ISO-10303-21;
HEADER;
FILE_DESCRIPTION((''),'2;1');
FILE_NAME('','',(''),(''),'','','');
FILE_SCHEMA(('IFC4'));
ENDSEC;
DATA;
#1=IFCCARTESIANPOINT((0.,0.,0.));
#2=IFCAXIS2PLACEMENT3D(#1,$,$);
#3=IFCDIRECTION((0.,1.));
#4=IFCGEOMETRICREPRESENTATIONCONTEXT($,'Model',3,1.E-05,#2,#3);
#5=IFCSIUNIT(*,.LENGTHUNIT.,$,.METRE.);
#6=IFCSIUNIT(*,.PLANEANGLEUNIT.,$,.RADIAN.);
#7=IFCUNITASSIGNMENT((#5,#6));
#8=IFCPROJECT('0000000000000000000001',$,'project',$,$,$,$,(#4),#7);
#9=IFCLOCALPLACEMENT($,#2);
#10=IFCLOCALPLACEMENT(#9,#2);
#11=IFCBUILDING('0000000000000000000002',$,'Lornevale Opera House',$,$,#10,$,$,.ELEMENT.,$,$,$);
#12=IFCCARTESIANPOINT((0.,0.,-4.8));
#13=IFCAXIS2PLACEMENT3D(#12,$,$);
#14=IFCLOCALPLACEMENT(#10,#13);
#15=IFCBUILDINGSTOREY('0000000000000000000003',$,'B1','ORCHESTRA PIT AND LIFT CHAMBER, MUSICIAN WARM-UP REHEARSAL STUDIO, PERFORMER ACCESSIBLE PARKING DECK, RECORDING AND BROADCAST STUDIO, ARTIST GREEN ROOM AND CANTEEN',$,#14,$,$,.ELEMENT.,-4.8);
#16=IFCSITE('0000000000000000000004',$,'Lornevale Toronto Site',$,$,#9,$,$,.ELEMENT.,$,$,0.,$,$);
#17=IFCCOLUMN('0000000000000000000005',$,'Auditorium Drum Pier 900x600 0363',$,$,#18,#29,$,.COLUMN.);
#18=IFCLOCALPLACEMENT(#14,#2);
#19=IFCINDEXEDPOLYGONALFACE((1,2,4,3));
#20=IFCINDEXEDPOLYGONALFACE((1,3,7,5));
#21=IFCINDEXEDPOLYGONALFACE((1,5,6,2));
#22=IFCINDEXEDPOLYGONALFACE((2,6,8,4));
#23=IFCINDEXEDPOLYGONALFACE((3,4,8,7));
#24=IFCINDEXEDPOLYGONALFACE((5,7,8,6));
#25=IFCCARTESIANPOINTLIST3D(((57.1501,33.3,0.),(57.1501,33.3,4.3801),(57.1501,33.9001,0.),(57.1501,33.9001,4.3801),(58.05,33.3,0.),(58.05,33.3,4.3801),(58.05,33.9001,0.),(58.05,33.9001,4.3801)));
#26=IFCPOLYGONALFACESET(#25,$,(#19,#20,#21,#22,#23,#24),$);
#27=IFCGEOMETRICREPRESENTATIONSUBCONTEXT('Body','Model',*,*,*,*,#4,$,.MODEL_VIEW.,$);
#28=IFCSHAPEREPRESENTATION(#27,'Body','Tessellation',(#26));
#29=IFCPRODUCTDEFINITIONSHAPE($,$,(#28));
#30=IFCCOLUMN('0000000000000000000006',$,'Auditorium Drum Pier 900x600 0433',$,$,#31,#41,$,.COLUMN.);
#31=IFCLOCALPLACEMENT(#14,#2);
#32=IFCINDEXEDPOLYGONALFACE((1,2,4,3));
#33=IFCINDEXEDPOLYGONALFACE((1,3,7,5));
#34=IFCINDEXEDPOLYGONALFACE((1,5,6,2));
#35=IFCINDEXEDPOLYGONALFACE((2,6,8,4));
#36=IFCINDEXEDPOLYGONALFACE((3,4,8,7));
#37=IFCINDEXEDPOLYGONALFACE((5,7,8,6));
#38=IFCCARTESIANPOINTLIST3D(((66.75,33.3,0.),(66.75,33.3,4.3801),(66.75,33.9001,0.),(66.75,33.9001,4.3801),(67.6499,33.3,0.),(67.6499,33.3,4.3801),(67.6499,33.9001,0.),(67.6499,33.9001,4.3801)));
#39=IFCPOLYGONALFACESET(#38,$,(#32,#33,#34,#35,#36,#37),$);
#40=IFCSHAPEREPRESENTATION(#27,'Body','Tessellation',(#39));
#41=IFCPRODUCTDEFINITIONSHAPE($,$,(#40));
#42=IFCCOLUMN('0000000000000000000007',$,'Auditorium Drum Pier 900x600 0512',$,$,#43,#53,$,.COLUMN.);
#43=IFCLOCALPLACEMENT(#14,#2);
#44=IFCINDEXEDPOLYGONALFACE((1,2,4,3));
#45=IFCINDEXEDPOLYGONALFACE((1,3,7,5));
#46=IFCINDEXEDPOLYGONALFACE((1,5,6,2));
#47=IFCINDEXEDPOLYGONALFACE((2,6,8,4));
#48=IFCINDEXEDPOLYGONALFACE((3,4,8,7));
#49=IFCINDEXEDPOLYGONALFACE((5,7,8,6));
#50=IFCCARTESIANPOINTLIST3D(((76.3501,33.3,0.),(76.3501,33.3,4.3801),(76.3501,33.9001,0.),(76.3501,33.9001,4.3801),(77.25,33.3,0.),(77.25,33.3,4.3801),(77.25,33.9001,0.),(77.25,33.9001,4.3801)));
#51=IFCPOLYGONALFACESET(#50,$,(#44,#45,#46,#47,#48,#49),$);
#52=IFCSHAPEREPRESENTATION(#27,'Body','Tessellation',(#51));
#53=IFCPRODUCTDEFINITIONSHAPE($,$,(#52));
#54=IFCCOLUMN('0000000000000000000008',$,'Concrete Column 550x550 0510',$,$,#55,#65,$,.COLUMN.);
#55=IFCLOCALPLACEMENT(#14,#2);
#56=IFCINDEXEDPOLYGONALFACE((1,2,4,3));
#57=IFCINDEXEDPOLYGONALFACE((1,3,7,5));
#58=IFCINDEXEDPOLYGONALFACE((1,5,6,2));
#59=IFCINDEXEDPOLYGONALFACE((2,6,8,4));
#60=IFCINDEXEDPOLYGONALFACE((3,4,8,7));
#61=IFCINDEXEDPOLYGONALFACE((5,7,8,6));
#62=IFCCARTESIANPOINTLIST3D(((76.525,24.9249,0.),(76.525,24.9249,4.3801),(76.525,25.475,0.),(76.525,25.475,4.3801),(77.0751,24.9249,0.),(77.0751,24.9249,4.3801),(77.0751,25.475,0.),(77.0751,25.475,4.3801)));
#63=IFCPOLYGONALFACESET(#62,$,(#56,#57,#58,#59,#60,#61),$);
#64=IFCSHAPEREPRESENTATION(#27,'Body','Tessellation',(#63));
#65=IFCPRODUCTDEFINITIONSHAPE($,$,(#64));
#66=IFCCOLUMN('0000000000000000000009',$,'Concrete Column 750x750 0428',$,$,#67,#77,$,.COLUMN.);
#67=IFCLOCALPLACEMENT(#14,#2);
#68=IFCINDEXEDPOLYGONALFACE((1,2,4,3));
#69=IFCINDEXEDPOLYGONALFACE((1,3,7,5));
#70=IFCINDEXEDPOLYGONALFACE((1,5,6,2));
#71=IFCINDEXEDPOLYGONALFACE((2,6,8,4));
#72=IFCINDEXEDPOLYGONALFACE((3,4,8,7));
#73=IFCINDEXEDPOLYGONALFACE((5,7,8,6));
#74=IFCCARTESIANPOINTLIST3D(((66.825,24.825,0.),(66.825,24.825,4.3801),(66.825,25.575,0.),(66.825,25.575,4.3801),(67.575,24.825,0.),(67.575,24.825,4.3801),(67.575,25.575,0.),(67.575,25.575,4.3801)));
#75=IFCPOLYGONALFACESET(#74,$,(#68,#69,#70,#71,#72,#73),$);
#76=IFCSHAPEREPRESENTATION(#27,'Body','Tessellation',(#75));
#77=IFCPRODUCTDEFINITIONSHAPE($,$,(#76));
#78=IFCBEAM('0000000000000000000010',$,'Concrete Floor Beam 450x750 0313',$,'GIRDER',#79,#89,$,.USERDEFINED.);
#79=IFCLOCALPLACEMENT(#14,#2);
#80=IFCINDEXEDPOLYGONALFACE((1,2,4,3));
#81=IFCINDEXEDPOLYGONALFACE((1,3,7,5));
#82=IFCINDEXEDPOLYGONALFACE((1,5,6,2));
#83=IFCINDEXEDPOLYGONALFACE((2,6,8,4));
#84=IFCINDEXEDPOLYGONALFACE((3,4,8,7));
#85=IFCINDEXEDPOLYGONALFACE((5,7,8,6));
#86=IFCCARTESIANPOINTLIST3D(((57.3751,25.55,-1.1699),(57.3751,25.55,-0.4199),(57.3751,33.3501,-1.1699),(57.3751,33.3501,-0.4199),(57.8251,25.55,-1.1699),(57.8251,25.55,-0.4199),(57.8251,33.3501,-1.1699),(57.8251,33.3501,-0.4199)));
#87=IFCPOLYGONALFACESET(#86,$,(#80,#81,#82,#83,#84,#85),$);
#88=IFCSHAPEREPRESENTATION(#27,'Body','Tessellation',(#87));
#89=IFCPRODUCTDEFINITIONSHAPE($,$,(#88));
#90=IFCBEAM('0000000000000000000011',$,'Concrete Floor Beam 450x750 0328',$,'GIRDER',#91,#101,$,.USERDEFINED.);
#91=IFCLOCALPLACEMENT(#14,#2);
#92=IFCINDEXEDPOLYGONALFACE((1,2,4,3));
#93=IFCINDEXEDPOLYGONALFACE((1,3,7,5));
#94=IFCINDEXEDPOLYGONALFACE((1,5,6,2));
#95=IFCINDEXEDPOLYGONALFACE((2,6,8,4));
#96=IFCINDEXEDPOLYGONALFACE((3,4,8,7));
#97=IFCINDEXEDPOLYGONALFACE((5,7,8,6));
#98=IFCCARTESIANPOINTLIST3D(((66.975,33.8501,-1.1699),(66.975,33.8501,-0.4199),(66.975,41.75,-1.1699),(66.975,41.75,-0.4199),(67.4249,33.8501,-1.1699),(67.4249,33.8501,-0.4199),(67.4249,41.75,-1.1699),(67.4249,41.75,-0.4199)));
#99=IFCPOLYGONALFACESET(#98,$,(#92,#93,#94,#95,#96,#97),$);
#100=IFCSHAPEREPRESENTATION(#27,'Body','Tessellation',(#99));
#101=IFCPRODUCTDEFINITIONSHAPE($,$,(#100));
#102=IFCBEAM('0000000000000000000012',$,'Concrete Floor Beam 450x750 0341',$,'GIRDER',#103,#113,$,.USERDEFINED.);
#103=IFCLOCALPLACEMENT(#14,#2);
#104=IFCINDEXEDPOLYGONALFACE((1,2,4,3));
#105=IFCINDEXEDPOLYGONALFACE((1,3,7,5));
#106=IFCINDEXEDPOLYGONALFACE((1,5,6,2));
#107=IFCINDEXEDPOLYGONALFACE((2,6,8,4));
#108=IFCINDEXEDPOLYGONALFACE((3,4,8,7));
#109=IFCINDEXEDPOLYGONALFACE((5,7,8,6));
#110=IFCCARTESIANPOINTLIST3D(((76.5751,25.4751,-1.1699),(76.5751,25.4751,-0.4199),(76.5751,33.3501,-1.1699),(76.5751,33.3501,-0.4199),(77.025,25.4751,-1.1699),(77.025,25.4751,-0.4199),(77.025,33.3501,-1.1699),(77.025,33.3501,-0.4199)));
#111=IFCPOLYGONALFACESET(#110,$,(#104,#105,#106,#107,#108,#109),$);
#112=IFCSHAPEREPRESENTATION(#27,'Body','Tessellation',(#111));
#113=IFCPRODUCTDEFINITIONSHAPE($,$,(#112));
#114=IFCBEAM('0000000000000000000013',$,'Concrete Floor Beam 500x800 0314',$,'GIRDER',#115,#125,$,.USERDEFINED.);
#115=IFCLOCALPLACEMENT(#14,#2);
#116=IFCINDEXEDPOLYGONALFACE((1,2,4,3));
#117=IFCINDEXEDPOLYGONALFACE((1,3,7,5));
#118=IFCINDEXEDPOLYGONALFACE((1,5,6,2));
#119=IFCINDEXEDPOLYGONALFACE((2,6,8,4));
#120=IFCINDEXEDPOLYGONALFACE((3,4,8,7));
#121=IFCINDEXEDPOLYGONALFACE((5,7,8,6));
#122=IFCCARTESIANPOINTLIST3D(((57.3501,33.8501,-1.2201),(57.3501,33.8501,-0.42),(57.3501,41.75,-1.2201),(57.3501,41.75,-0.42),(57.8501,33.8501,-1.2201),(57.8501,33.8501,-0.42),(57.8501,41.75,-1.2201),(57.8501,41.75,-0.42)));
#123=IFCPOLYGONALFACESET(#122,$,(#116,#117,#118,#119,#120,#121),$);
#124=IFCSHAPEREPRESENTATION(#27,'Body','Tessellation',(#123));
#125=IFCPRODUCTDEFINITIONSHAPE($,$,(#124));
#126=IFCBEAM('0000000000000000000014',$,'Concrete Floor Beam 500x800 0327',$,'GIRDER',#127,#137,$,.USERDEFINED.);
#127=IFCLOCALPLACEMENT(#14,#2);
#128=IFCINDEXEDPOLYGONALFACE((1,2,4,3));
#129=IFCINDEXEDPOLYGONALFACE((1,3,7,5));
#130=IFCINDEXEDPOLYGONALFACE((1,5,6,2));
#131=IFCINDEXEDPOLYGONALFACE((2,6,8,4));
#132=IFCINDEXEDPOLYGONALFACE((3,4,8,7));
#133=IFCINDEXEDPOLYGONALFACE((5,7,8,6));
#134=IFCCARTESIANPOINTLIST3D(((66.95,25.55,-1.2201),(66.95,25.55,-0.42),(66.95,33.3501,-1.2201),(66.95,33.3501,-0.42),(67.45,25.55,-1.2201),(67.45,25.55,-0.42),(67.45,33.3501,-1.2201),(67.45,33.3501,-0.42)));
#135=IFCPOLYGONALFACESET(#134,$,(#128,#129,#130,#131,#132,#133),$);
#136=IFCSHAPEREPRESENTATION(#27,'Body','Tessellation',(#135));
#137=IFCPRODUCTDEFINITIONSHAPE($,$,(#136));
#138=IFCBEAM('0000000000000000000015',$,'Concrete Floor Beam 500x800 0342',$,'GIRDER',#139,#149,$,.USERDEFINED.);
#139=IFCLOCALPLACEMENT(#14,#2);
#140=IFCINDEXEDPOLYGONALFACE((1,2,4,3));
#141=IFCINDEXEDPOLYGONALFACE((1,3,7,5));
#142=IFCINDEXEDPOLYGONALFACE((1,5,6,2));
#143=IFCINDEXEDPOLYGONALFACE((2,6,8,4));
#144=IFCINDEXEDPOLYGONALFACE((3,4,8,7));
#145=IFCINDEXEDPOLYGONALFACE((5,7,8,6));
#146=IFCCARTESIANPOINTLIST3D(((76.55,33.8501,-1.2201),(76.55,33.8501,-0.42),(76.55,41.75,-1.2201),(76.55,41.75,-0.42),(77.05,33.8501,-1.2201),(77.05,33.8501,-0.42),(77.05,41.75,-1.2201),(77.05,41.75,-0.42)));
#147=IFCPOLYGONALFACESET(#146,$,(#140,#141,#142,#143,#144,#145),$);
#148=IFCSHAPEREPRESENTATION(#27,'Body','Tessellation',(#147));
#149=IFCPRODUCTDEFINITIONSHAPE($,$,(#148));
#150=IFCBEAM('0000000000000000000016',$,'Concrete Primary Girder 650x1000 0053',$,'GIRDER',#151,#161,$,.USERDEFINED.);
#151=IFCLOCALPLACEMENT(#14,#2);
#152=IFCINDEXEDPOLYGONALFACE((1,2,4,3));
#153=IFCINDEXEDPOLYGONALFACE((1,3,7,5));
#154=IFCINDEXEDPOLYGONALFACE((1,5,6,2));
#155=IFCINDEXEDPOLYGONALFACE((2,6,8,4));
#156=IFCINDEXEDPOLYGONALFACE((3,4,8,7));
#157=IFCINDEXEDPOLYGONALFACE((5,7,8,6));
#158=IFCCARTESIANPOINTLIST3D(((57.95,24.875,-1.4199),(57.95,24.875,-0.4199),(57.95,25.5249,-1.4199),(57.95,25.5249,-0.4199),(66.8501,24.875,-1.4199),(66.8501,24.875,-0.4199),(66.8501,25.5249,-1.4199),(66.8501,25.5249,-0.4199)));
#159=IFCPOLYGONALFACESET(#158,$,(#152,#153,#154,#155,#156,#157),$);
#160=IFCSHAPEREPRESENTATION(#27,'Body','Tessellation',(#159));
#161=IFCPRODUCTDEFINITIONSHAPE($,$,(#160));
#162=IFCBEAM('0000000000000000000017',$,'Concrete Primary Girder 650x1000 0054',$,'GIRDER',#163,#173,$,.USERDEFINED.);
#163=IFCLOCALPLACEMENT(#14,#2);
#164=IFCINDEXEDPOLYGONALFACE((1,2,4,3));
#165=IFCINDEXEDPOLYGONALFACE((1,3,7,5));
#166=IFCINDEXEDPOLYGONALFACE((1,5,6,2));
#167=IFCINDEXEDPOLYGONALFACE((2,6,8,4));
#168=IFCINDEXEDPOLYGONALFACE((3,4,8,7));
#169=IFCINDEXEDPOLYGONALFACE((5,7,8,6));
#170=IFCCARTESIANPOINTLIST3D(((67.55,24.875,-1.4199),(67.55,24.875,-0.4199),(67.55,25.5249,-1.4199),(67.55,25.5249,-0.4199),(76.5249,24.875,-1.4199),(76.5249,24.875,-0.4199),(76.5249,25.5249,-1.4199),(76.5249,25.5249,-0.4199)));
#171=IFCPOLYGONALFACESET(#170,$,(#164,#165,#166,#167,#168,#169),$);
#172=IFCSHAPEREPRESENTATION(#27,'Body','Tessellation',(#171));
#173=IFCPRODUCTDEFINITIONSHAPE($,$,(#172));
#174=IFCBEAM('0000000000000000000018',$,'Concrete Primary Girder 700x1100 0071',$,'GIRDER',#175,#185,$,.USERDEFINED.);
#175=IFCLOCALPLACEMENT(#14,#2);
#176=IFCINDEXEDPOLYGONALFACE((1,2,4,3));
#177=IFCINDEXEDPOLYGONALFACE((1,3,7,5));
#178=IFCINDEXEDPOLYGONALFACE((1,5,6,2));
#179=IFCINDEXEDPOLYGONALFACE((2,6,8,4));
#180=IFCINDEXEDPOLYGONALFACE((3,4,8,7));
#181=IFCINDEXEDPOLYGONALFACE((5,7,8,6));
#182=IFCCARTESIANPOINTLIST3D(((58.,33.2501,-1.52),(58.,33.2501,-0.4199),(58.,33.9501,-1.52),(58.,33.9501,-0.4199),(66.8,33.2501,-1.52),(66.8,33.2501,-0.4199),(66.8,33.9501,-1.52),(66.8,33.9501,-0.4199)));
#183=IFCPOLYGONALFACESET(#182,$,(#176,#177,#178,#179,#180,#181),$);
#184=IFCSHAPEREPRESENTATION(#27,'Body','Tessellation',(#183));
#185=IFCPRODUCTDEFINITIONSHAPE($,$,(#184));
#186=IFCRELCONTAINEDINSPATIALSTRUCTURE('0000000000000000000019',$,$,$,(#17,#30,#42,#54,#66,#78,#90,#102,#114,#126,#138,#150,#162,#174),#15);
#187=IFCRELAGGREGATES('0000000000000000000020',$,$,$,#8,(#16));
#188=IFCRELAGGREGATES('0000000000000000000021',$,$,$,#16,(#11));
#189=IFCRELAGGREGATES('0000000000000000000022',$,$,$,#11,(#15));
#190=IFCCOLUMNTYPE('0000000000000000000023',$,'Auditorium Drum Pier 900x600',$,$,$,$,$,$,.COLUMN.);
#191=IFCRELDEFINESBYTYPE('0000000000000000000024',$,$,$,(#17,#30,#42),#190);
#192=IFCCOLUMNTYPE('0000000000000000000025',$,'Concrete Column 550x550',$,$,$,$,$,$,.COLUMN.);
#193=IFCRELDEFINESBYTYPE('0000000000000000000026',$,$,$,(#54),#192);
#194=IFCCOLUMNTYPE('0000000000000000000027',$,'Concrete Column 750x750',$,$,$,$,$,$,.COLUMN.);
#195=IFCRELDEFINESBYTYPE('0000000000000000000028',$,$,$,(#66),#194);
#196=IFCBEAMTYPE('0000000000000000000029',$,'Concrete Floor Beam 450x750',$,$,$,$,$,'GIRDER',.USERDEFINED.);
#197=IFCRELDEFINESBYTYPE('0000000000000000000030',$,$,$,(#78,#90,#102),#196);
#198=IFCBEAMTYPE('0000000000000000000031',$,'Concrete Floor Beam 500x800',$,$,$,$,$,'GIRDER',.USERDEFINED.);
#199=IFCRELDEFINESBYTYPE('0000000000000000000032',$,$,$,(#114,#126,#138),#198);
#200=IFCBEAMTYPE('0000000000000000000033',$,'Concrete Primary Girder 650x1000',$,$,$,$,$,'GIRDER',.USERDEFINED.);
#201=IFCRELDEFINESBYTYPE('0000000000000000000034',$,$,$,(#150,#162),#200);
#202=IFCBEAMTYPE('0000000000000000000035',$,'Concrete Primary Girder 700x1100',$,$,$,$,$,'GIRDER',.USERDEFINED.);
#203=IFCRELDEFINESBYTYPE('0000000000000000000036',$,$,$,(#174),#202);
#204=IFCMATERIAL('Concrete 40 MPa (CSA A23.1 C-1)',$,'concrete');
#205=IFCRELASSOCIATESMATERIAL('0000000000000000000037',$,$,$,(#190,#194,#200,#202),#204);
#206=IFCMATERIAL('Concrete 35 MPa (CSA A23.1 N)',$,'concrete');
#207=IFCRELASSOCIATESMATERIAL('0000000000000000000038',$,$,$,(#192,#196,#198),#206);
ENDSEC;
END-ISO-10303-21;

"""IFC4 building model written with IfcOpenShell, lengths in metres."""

from ifc_helpers import new_model, si_unit, direction, frame, origin, origin_2d, place, context, subcontext, project, spatial, rectangle, extrude, material, material_profile, profile_set, type_object, element, save


model = new_model("IFC4")

# Units and contexts
model_context = context("Model", 3, precision=1e-05, world=origin(), true_north=direction((0.0, 1.0)))
body_context = subcontext(model_context, "Body", "Model", "MODEL_VIEW")
ifc_project = project(units=[si_unit("LENGTHUNIT", "METRE"), si_unit("PLANEANGLEUNIT", "RADIAN")], contexts=[model_context])

# Site, building, storey
site_placement = place(None, origin())
site = spatial("IfcSite", under=ifc_project, at=site_placement, Name="Lornevale Toronto Site", CompositionType="ELEMENT", RefElevation=0.0)
building_placement = place(site_placement, origin())
building = spatial("IfcBuilding", under=site, at=building_placement, Name="Lornevale Opera House", CompositionType="ELEMENT")
storey_placement = place(building_placement, frame((0.0, 0.0, -4.8)))
storey = spatial("IfcBuildingStorey", under=building, at=storey_placement, Name="B1", Description="ORCHESTRA PIT AND LIFT CHAMBER, MUSICIAN WARM-UP REHEARSAL STUDIO, PERFORMER ACCESSIBLE PARKING DECK, RECORDING AND BROADCAST STUDIO, ARTIST GREEN ROOM AND CANTEEN", CompositionType="ELEMENT", Elevation=-4.8)

# Columns
ifc_material_1 = material(Name="Concrete 40 MPa (CSA A23.1 C-1)", Category="concrete")
ifc_material_profile_1 = material_profile(ifc_material_1, rectangle(XDim=0.8999, YDim=0.6001, at=origin_2d()), Name="RC900x600")
ifc_profile_set_1 = profile_set([ifc_material_profile_1], Name="Concrete 40 MPa (CSA A23.1 C-1)")
column_type_1 = type_object("IfcColumnType", Name="Auditorium Drum Pier 900x600", PredefinedType="COLUMN", material=ifc_profile_set_1)
for number, where, z_axis, x_axis, name in (
    (1, (57.6001, 33.6001, 0.0), (0.0, 0.0, 1.0), (1.0, 0.0, 0.0), "Auditorium Drum Pier 900x600 0363"),
    (2, (67.2, 33.6001, 0.0), (0.0, 0.0, 1.0), (1.0, 0.0, 0.0), "Auditorium Drum Pier 900x600 0433"),
    (3, (76.8, 33.6001, 0.0), (0.0, 0.0, 1.0), (1.0, 0.0, 0.0), "Auditorium Drum Pier 900x600 0512"),
):
    element("IfcColumn", number, at=place(storey_placement, frame(where, z_axis=z_axis, x_axis=x_axis)), inside=storey, type_object=column_type_1, Name=name, PredefinedType="COLUMN", context=body_context, shape_type="SweptSolid", body=[
        extrude(rectangle(XDim=0.8999, YDim=0.6001, at=origin_2d()), origin(), (0.0, 0.0, 1.0), 4.3801),
    ])
ifc_material_2 = material(Name="Concrete 35 MPa (CSA A23.1 N)", Category="concrete")
ifc_material_profile_2 = material_profile(ifc_material_2, rectangle(XDim=0.55, YDim=0.55, at=origin_2d()), Name="RC550x550")
ifc_profile_set_2 = profile_set([ifc_material_profile_2], Name="Concrete 35 MPa (CSA A23.1 N)")
column_type_2 = type_object("IfcColumnType", Name="Concrete Column 550x550", PredefinedType="COLUMN", material=ifc_profile_set_2)
column_1_placement = place(storey_placement, frame((76.8, 25.2, 0.0), z_axis=(0.0, 0.0, 1.0), x_axis=(1.0, 0.0, 0.0)))
element("IfcColumn", 4, at=column_1_placement, inside=storey, type_object=column_type_2, Name="Concrete Column 550x550 0510", PredefinedType="COLUMN", context=body_context, shape_type="SweptSolid", body=[
    extrude(rectangle(XDim=0.55, YDim=0.55, at=origin_2d()), origin(), (0.0, 0.0, 1.0), 4.3801),
])
ifc_material_profile_3 = material_profile(ifc_material_1, rectangle(XDim=0.75, YDim=0.75, at=origin_2d()), Name="RC750x750")
ifc_profile_set_3 = profile_set([ifc_material_profile_3], Name="Concrete 40 MPa (CSA A23.1 C-1)")
column_type_3 = type_object("IfcColumnType", Name="Concrete Column 750x750", PredefinedType="COLUMN", material=ifc_profile_set_3)
column_2_placement = place(storey_placement, frame((67.2, 25.2, 0.0), z_axis=(0.0, 0.0, 1.0), x_axis=(1.0, 0.0, 0.0)))
element("IfcColumn", 5, at=column_2_placement, inside=storey, type_object=column_type_3, Name="Concrete Column 750x750 0428", PredefinedType="COLUMN", context=body_context, shape_type="SweptSolid", body=[
    extrude(rectangle(XDim=0.75, YDim=0.75, at=origin_2d()), origin(), (0.0, 0.0, 1.0), 4.3801),
])

# Beams
ifc_material_profile_4 = material_profile(ifc_material_2, rectangle(XDim=0.45, YDim=0.75, at=origin_2d()), Name="RC450x750")
ifc_profile_set_4 = profile_set([ifc_material_profile_4], Name="Concrete 35 MPa (CSA A23.1 N)")
beam_type_1 = type_object("IfcBeamType", Name="Concrete Floor Beam 450x750", ElementType="GIRDER", PredefinedType="USERDEFINED", material=ifc_profile_set_4)
beam_1_placement = place(storey_placement, frame((57.6001, 25.55, -0.7949), z_axis=(0.0, 1.0, 0.0), x_axis=(-1.0, 0.0, 0.0)))
element("IfcBeam", 6, at=beam_1_placement, inside=storey, type_object=beam_type_1, Name="Concrete Floor Beam 450x750 0313", ObjectType="GIRDER", PredefinedType="USERDEFINED", context=body_context, shape_type="SweptSolid", body=[
    extrude(rectangle(XDim=0.45, YDim=0.75, at=origin_2d()), origin(), (0.0, 0.0, 1.0), 7.8),
])
beam_2_placement = place(storey_placement, frame((67.2, 33.8501, -0.7949), z_axis=(0.0, 1.0, 0.0), x_axis=(-1.0, 0.0, 0.0)))
element("IfcBeam", 7, at=beam_2_placement, inside=storey, type_object=beam_type_1, Name="Concrete Floor Beam 450x750 0328", ObjectType="GIRDER", PredefinedType="USERDEFINED", context=body_context, shape_type="SweptSolid", body=[
    extrude(rectangle(XDim=0.45, YDim=0.75, at=origin_2d()), origin(), (0.0, 0.0, 1.0), 7.8999),
])
beam_3_placement = place(storey_placement, frame((76.8, 25.4751, -0.7949), z_axis=(0.0, 1.0, 0.0), x_axis=(-1.0, 0.0, 0.0)))
element("IfcBeam", 8, at=beam_3_placement, inside=storey, type_object=beam_type_1, Name="Concrete Floor Beam 450x750 0341", ObjectType="GIRDER", PredefinedType="USERDEFINED", context=body_context, shape_type="SweptSolid", body=[
    extrude(rectangle(XDim=0.45, YDim=0.75, at=origin_2d()), origin(), (0.0, 0.0, 1.0), 7.875),
])
ifc_material_profile_5 = material_profile(ifc_material_2, rectangle(XDim=0.5, YDim=0.8, at=origin_2d()), Name="RC500x800")
ifc_profile_set_5 = profile_set([ifc_material_profile_5], Name="Concrete 35 MPa (CSA A23.1 N)")
beam_type_2 = type_object("IfcBeamType", Name="Concrete Floor Beam 500x800", ElementType="GIRDER", PredefinedType="USERDEFINED", material=ifc_profile_set_5)
beam_4_placement = place(storey_placement, frame((57.6001, 33.8501, -0.8201), z_axis=(0.0, 1.0, 0.0), x_axis=(-1.0, 0.0, 0.0)))
element("IfcBeam", 9, at=beam_4_placement, inside=storey, type_object=beam_type_2, Name="Concrete Floor Beam 500x800 0314", ObjectType="GIRDER", PredefinedType="USERDEFINED", context=body_context, shape_type="SweptSolid", body=[
    extrude(rectangle(XDim=0.5, YDim=0.8, at=origin_2d()), origin(), (0.0, 0.0, 1.0), 7.8999),
])
beam_5_placement = place(storey_placement, frame((67.2, 25.55, -0.8201), z_axis=(0.0, 1.0, 0.0), x_axis=(-1.0, 0.0, 0.0)))
element("IfcBeam", 10, at=beam_5_placement, inside=storey, type_object=beam_type_2, Name="Concrete Floor Beam 500x800 0327", ObjectType="GIRDER", PredefinedType="USERDEFINED", context=body_context, shape_type="SweptSolid", body=[
    extrude(rectangle(XDim=0.5, YDim=0.8, at=origin_2d()), origin(), (0.0, 0.0, 1.0), 7.8),
])
beam_6_placement = place(storey_placement, frame((76.8, 33.8501, -0.8201), z_axis=(0.0, 1.0, 0.0), x_axis=(-1.0, 0.0, 0.0)))
element("IfcBeam", 11, at=beam_6_placement, inside=storey, type_object=beam_type_2, Name="Concrete Floor Beam 500x800 0342", ObjectType="GIRDER", PredefinedType="USERDEFINED", context=body_context, shape_type="SweptSolid", body=[
    extrude(rectangle(XDim=0.5, YDim=0.8, at=origin_2d()), origin(), (0.0, 0.0, 1.0), 7.8999),
])
ifc_material_profile_6 = material_profile(ifc_material_1, rectangle(XDim=0.6499, YDim=1.0, at=origin_2d()), Name="RC650x1000")
ifc_profile_set_6 = profile_set([ifc_material_profile_6], Name="Concrete 40 MPa (CSA A23.1 C-1)")
beam_type_3 = type_object("IfcBeamType", Name="Concrete Primary Girder 650x1000", ElementType="GIRDER", PredefinedType="USERDEFINED", material=ifc_profile_set_6)
beam_7_placement = place(storey_placement, frame((57.95, 25.2, -0.9199), z_axis=(1.0, 0.0, 0.0), x_axis=(0.0, 1.0, 0.0)))
element("IfcBeam", 12, at=beam_7_placement, inside=storey, type_object=beam_type_3, Name="Concrete Primary Girder 650x1000 0053", ObjectType="GIRDER", PredefinedType="USERDEFINED", context=body_context, shape_type="SweptSolid", body=[
    extrude(rectangle(XDim=0.6499, YDim=1.0, at=origin_2d()), origin(), (0.0, 0.0, 1.0), 8.9001),
])
beam_8_placement = place(storey_placement, frame((67.55, 25.2, -0.9199), z_axis=(1.0, 0.0, 0.0), x_axis=(0.0, 1.0, 0.0)))
element("IfcBeam", 13, at=beam_8_placement, inside=storey, type_object=beam_type_3, Name="Concrete Primary Girder 650x1000 0054", ObjectType="GIRDER", PredefinedType="USERDEFINED", context=body_context, shape_type="SweptSolid", body=[
    extrude(rectangle(XDim=0.6499, YDim=1.0, at=origin_2d()), origin(), (0.0, 0.0, 1.0), 8.9749),
])
ifc_material_profile_7 = material_profile(ifc_material_1, rectangle(XDim=0.7, YDim=1.1001, at=origin_2d()), Name="RC700x1100")
ifc_profile_set_7 = profile_set([ifc_material_profile_7], Name="Concrete 40 MPa (CSA A23.1 C-1)")
beam_type_4 = type_object("IfcBeamType", Name="Concrete Primary Girder 700x1100", ElementType="GIRDER", PredefinedType="USERDEFINED", material=ifc_profile_set_7)
beam_9_placement = place(storey_placement, frame((58.0, 33.6001, -0.97), z_axis=(1.0, 0.0, 0.0), x_axis=(0.0, 1.0, 0.0)))
element("IfcBeam", 14, at=beam_9_placement, inside=storey, type_object=beam_type_4, Name="Concrete Primary Girder 700x1100 0071", ObjectType="GIRDER", PredefinedType="USERDEFINED", context=body_context, shape_type="SweptSolid", body=[
    extrude(rectangle(XDim=0.7, YDim=1.1001, at=origin_2d()), origin(), (0.0, 0.0, 1.0), 8.8),
])

save(model, "model.ifc")
